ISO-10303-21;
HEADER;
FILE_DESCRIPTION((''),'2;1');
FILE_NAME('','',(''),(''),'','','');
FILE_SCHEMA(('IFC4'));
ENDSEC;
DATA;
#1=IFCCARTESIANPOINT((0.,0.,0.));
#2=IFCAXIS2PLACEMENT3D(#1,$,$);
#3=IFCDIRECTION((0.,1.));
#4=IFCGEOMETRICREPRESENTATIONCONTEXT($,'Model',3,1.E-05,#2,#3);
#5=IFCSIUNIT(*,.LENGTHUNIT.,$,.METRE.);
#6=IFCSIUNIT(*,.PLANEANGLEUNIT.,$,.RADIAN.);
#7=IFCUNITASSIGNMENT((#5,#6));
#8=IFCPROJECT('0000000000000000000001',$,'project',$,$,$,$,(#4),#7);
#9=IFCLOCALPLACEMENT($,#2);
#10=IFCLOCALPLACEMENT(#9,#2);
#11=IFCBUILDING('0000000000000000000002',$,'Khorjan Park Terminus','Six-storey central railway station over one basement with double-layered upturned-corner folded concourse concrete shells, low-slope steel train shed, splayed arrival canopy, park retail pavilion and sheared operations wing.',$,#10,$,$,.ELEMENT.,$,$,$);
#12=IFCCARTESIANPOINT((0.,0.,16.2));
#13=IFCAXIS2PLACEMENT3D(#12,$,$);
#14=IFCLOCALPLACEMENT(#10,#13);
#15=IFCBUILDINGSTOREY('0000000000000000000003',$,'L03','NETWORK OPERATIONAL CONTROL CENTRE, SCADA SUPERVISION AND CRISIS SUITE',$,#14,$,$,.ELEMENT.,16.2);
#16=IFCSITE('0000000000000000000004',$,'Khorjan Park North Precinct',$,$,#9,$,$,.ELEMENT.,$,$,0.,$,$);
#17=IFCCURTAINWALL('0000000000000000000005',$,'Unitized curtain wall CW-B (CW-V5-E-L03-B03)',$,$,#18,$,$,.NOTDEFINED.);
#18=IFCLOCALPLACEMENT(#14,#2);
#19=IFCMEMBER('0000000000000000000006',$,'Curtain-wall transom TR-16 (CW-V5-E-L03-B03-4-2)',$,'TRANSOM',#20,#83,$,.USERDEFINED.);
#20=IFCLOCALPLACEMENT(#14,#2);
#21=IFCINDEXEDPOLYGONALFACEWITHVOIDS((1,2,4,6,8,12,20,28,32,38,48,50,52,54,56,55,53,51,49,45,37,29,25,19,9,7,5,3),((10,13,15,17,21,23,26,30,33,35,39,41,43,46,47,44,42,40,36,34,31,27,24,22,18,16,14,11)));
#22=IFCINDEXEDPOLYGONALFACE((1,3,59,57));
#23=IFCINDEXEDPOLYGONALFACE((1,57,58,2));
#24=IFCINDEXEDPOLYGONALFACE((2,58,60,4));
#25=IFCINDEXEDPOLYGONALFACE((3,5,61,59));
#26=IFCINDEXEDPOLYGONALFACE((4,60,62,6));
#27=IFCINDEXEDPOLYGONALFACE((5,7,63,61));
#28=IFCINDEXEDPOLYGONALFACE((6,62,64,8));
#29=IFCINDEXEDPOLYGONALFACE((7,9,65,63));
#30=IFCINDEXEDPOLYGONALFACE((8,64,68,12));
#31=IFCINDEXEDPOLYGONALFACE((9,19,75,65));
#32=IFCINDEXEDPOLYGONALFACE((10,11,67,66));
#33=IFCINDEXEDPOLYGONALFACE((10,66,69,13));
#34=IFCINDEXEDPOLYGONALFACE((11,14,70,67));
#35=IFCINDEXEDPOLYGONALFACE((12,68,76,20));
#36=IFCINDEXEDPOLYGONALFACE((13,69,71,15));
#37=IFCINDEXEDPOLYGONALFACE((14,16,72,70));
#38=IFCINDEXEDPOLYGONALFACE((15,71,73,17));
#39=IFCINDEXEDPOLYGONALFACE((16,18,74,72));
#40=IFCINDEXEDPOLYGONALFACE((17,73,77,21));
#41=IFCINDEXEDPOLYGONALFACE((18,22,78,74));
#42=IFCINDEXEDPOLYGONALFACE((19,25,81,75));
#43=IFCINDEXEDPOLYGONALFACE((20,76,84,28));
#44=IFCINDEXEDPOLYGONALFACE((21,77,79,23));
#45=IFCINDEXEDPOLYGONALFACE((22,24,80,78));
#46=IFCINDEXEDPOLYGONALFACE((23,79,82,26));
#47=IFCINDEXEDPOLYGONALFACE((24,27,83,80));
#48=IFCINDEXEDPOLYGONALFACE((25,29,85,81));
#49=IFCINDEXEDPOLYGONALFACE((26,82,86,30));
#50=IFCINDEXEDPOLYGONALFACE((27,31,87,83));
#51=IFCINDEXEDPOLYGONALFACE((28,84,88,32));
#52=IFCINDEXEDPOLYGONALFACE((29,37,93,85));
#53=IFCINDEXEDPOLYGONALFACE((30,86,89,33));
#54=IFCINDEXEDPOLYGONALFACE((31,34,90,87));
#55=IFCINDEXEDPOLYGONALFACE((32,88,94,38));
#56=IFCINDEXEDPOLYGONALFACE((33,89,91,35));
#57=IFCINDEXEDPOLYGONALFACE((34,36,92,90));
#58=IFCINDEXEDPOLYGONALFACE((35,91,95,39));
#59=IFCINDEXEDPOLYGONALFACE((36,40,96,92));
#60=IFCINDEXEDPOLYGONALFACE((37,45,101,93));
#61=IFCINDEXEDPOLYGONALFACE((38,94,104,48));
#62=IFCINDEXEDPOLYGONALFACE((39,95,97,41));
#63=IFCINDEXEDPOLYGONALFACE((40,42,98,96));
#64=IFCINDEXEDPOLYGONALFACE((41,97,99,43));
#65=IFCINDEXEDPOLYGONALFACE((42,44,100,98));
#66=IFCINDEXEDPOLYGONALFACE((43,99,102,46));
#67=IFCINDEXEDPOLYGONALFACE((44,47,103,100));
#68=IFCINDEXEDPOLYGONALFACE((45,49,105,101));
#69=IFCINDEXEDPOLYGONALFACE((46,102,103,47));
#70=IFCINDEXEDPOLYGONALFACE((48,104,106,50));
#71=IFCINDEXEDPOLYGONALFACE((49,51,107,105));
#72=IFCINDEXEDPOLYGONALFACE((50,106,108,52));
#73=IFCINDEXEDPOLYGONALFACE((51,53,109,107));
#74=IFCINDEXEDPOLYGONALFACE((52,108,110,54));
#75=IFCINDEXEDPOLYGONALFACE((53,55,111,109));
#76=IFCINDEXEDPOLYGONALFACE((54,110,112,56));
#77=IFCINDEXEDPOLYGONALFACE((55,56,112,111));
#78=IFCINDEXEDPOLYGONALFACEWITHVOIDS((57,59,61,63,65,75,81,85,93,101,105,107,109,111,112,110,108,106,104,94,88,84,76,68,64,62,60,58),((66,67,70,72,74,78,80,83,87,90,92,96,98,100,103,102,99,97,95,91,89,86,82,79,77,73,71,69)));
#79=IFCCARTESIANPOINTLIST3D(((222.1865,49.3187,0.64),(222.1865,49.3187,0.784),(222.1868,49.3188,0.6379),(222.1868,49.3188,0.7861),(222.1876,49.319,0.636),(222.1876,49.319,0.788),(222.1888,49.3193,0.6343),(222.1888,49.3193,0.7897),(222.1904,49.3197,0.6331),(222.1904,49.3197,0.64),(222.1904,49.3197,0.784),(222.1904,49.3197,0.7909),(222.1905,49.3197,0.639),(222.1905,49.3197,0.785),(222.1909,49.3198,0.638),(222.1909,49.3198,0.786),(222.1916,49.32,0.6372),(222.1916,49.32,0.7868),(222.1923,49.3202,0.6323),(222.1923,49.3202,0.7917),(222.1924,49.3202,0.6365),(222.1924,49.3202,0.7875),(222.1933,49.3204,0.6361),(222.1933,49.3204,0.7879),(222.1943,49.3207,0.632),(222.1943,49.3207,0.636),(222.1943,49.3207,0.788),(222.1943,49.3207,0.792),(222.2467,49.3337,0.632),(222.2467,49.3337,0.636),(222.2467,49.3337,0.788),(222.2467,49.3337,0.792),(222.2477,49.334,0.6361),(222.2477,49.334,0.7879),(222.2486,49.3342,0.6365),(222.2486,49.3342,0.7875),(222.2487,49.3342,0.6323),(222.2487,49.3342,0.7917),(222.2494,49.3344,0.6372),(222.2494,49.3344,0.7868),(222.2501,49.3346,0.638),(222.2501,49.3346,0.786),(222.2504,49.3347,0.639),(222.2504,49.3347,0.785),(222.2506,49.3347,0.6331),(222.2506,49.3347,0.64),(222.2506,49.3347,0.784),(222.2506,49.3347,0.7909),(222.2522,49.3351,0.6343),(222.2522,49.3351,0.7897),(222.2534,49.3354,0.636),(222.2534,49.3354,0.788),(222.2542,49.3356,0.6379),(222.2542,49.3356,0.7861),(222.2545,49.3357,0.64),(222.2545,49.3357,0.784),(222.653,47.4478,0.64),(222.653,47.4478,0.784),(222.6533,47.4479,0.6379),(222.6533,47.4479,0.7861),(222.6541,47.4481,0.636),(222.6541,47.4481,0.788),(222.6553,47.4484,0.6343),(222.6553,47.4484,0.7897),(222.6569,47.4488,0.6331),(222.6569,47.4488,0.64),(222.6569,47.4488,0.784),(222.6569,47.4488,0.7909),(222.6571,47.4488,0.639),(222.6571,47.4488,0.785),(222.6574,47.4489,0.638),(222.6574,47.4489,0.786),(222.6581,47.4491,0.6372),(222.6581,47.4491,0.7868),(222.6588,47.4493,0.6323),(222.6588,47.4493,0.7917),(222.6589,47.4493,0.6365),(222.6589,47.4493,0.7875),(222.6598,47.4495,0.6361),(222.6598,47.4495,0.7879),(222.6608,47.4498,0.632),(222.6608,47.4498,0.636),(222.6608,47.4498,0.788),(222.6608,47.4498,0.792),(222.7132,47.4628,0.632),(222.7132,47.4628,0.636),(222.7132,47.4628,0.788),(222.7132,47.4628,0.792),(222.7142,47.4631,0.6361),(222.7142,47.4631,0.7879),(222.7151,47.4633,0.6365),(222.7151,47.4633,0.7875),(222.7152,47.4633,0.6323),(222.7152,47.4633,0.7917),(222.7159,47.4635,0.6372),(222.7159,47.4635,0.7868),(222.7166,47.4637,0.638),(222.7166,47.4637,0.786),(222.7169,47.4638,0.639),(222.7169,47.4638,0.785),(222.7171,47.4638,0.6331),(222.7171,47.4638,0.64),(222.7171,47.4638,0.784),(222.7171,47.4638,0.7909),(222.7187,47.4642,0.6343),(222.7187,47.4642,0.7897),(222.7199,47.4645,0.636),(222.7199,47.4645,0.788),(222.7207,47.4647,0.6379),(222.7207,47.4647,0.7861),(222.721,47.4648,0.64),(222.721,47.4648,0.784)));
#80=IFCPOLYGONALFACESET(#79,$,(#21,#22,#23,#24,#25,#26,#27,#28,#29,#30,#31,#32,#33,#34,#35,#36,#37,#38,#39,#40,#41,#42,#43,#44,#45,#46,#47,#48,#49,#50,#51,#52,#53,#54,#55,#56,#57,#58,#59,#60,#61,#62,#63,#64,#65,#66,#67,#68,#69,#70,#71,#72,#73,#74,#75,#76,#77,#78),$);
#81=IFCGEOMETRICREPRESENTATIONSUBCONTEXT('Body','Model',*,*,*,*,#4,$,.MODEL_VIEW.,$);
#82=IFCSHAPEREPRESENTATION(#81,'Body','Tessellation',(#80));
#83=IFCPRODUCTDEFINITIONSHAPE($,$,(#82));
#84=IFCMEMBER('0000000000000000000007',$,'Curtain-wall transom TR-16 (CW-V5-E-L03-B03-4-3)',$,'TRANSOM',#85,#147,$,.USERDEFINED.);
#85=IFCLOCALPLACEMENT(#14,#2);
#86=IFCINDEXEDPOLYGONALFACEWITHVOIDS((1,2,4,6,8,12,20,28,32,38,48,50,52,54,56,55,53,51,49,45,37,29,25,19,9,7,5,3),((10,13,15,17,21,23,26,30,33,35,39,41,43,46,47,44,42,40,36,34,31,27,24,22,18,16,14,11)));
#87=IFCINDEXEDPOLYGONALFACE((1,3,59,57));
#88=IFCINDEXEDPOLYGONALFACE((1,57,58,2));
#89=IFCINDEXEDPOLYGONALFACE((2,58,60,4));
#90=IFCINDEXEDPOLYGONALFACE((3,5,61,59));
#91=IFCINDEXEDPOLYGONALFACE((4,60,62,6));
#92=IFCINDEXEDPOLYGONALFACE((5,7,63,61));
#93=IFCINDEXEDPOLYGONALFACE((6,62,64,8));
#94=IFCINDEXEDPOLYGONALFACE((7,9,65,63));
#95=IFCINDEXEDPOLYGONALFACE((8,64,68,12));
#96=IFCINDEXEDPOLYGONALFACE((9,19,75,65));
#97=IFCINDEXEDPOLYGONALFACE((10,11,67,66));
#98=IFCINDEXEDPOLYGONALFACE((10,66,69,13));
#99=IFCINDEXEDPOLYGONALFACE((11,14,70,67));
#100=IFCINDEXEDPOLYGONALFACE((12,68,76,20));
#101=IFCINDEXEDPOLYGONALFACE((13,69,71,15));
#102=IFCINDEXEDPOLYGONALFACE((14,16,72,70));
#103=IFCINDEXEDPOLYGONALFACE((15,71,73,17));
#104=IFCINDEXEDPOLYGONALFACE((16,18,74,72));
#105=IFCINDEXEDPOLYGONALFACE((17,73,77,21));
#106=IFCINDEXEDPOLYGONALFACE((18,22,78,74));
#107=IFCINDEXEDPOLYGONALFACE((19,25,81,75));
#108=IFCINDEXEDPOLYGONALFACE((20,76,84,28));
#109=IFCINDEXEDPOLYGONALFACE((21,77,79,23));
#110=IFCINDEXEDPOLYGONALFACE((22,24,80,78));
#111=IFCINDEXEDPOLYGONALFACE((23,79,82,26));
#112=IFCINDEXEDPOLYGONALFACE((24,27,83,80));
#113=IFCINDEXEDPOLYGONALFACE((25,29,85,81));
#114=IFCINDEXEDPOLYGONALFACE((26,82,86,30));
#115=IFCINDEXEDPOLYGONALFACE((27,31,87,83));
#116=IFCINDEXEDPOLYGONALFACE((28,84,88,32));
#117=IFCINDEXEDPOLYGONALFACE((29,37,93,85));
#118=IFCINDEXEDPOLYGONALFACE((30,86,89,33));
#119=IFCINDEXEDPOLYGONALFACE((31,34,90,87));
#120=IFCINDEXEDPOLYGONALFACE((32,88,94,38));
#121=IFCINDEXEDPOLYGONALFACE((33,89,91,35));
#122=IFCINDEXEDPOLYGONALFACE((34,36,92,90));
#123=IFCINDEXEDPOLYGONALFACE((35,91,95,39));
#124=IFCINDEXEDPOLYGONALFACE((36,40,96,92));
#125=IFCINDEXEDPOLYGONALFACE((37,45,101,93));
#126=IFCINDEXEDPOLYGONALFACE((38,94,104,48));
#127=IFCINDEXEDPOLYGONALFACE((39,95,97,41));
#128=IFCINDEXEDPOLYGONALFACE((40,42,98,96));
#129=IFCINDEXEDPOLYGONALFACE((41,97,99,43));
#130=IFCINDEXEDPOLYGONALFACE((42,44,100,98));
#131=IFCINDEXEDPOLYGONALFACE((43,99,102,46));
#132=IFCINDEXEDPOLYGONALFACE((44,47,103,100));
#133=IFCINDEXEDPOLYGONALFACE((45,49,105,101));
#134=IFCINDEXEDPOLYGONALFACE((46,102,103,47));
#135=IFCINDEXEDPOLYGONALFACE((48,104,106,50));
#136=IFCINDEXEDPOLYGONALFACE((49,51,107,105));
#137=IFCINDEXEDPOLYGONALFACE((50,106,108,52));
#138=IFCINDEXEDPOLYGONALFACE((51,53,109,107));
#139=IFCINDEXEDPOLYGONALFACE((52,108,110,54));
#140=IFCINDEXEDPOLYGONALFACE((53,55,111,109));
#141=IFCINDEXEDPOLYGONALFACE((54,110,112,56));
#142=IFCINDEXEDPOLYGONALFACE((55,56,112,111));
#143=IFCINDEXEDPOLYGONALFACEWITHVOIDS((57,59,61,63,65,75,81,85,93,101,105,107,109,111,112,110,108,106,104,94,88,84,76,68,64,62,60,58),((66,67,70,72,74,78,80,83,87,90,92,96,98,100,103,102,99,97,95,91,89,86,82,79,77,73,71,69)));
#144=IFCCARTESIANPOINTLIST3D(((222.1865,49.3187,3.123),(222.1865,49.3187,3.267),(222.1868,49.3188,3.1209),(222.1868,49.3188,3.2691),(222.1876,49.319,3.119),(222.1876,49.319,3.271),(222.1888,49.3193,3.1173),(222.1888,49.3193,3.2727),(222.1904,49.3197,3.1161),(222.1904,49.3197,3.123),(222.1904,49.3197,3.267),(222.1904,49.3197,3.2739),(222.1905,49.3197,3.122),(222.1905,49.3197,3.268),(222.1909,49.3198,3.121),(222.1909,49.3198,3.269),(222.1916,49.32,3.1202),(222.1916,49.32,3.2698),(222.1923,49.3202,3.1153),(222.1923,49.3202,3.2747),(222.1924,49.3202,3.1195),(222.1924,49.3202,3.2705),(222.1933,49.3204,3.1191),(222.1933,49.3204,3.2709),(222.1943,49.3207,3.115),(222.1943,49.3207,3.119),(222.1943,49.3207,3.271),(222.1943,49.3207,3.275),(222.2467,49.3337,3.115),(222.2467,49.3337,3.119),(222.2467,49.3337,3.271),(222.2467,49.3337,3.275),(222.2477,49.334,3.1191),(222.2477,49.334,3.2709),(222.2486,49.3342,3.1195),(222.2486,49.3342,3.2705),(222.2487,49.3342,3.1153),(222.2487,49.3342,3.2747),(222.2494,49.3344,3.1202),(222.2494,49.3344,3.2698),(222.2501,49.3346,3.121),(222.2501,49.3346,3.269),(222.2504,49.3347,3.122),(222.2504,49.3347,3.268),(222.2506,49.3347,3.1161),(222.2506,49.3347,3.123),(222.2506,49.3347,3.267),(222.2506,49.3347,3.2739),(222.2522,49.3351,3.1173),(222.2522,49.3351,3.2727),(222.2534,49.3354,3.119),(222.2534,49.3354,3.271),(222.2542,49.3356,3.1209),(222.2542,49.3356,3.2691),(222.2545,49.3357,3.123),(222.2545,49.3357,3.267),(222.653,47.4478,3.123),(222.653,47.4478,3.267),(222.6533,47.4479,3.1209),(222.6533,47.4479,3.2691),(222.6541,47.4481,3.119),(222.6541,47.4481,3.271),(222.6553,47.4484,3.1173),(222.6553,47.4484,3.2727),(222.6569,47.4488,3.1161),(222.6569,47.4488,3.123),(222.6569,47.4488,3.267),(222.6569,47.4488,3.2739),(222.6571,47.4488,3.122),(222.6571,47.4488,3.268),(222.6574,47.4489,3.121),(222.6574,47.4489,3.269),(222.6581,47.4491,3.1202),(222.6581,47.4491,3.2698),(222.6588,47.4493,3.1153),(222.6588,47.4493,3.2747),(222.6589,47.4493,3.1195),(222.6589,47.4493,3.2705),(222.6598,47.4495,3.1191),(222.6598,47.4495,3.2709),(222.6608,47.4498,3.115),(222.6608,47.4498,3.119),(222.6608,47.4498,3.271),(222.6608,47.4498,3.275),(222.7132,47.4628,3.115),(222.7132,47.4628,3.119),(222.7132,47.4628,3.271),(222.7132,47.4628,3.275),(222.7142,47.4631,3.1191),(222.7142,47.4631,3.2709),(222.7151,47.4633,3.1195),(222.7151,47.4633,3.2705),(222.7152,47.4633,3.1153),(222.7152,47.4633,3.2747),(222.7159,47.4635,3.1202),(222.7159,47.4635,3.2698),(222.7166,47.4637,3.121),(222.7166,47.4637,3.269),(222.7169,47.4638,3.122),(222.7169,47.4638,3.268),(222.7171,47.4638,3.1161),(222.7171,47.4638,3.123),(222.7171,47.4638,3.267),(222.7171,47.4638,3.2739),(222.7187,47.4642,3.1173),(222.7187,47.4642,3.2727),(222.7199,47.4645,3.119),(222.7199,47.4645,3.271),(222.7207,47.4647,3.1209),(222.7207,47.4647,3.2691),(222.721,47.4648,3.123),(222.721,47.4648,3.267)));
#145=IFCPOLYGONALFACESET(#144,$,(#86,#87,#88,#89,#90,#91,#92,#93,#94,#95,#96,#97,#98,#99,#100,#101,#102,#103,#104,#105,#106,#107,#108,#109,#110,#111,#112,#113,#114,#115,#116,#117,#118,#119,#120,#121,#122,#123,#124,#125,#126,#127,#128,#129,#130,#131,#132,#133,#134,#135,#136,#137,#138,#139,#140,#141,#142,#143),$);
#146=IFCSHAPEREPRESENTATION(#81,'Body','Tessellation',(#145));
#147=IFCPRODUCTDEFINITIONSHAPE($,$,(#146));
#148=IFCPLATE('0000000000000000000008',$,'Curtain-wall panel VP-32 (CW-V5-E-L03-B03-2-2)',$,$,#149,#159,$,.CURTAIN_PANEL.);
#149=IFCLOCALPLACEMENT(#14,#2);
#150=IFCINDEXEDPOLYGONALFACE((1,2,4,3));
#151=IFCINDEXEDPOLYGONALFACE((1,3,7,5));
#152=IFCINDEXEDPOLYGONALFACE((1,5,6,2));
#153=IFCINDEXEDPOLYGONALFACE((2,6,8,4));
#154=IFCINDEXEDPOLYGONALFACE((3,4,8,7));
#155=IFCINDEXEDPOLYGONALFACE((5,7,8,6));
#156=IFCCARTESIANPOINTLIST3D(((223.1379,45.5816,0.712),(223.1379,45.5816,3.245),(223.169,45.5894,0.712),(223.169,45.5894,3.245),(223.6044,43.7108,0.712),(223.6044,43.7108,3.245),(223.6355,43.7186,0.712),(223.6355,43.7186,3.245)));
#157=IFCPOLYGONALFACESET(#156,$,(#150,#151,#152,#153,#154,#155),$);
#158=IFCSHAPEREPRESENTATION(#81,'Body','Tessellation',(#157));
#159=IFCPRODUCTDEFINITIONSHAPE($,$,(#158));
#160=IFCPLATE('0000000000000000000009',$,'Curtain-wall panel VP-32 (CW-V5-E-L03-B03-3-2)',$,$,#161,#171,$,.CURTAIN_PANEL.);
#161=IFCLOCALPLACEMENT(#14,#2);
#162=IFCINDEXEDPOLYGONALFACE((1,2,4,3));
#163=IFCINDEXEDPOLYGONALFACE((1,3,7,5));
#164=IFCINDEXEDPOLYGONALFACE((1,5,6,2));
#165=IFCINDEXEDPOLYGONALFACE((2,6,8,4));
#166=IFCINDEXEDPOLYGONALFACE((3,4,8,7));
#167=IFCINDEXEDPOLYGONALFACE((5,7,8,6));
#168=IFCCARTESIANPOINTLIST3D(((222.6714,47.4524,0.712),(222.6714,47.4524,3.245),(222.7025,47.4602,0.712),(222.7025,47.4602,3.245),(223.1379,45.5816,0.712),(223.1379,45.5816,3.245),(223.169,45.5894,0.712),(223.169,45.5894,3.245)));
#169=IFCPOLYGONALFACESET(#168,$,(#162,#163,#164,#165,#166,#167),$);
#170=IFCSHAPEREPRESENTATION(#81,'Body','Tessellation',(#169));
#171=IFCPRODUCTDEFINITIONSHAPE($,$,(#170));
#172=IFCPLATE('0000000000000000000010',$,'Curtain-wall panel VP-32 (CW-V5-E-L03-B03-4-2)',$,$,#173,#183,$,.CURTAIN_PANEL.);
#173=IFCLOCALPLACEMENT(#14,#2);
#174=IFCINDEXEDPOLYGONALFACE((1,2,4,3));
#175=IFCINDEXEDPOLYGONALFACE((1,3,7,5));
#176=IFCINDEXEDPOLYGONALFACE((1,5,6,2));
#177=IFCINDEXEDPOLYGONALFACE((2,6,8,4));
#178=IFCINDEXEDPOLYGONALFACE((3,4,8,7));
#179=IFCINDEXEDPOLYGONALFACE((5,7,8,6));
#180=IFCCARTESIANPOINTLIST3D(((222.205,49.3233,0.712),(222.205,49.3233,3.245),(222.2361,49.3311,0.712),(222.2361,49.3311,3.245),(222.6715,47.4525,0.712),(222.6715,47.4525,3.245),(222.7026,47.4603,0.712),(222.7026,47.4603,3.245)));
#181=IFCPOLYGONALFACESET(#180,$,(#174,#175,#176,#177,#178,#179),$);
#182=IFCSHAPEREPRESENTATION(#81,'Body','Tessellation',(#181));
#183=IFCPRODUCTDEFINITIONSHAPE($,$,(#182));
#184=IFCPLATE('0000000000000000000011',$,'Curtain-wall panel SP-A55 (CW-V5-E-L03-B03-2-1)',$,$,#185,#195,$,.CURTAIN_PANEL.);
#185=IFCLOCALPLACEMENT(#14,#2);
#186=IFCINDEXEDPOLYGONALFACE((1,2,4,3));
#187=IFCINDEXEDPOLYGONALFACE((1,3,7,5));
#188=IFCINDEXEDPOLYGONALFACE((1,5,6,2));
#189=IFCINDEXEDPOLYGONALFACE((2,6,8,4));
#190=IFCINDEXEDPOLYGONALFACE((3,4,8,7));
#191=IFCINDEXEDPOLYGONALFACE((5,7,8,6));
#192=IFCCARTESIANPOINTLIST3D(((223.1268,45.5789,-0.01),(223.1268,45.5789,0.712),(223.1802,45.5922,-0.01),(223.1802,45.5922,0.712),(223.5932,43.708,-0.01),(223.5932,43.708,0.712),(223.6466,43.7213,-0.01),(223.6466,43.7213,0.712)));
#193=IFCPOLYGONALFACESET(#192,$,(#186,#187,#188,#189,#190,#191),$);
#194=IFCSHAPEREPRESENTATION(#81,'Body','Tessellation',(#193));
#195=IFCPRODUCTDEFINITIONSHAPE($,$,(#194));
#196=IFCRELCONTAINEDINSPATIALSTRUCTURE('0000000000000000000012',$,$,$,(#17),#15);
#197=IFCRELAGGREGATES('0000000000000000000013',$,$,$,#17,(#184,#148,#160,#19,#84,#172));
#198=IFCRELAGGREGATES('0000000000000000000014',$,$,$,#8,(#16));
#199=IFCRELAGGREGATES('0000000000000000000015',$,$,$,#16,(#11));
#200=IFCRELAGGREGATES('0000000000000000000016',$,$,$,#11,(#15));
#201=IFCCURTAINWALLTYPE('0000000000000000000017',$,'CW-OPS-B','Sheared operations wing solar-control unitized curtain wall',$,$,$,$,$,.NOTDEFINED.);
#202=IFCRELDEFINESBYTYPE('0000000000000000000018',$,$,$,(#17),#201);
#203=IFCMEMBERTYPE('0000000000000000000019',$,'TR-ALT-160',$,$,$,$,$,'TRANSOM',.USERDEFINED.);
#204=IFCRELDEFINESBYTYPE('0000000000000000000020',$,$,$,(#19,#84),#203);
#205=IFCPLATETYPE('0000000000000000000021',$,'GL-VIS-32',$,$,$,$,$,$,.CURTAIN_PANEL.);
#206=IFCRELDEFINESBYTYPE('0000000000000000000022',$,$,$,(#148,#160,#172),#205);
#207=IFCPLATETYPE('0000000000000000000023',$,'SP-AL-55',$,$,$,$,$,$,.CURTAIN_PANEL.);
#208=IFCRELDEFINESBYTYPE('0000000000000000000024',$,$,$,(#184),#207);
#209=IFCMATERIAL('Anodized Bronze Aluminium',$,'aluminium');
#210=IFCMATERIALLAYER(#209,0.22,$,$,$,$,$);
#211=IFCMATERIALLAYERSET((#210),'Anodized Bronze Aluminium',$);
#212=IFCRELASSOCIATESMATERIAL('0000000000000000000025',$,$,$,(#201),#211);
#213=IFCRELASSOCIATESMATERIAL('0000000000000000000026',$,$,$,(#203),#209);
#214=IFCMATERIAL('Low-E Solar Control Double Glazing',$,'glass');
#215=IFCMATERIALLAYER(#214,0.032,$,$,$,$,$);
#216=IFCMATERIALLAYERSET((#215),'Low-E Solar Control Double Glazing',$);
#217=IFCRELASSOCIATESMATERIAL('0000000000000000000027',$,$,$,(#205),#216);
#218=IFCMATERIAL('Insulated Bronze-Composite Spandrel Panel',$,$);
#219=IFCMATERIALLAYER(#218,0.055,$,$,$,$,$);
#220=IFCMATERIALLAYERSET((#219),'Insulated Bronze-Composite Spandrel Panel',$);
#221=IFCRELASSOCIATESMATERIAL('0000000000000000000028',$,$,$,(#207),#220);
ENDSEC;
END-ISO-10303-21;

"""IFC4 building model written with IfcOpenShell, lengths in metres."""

from ifc_helpers import new_model, si_unit, direction, frame, origin, origin_2d, place, context, subcontext, project, spatial, rectangle, hollow_rectangle, extrude, material, layer, layer_set, material_profile, profile_set, type_object, element, aggregate, save


model = new_model("IFC4")

# Units and contexts
model_context = context("Model", 3, precision=1e-05, world=origin(), true_north=direction((0.0, 1.0)))
body_context = subcontext(model_context, "Body", "Model", "MODEL_VIEW")
ifc_project = project(units=[si_unit("LENGTHUNIT", "METRE"), si_unit("PLANEANGLEUNIT", "RADIAN")], contexts=[model_context])

# Site, building, storey
site_placement = place(None, origin())
site = spatial("IfcSite", under=ifc_project, at=site_placement, Name="Khorjan Park North Precinct", CompositionType="ELEMENT", RefElevation=0.0)
building_placement = place(site_placement, origin())
building = spatial("IfcBuilding", under=site, at=building_placement, Name="Khorjan Park Terminus", Description="Six-storey central railway station over one basement with double-layered upturned-corner folded concourse concrete shells, low-slope steel train shed, splayed arrival canopy, park retail pavilion and sheared operations wing.", CompositionType="ELEMENT")
storey_placement = place(building_placement, frame((0.0, 0.0, 16.2)))
storey = spatial("IfcBuildingStorey", under=building, at=storey_placement, Name="L03", Description="NETWORK OPERATIONAL CONTROL CENTRE, SCADA SUPERVISION AND CRISIS SUITE", CompositionType="ELEMENT", Elevation=16.2)

# Curtain wall, members, plates
ifc_material_1 = material(Name="Anodized Bronze Aluminium", Category="aluminium")
ifc_layer_1 = layer(ifc_material_1, 0.22)
ifc_layer_set_1 = layer_set([ifc_layer_1], Name="Anodized Bronze Aluminium")
curtain_wall_type = type_object("IfcCurtainWallType", Name="CW-OPS-B", Description="Sheared operations wing solar-control unitized curtain wall", PredefinedType="NOTDEFINED", material=ifc_layer_set_1)
curtain_wall_placement = place(storey_placement, origin())
curtain_wall = element("IfcCurtainWall", 1, at=curtain_wall_placement, inside=storey, type_object=curtain_wall_type, Name="Unitized curtain wall CW-B (CW-V5-E-L03-B03)", PredefinedType="NOTDEFINED")
ifc_material_profile_1 = material_profile(ifc_material_1, hollow_rectangle(XDim=0.07, YDim=0.16, WallThickness=0.004, InnerFilletRadius=0.004, OuterFilletRadius=0.008, at=origin_2d()), Name="ALT 70x160x4")
ifc_profile_set_1 = profile_set([ifc_material_profile_1], Name="Anodized Bronze Aluminium")
member_type_1 = type_object("IfcMemberType", Name="TR-ALT-160", ElementType="TRANSOM", PredefinedType="USERDEFINED", material=ifc_profile_set_1)
member_1_placement = place(storey_placement, frame((222.687, 47.4563, 0.712), z_axis=(-0.241938, 0.970292, 0.0), x_axis=(-0.970292, -0.241938, 0.0)))
member_1 = element("IfcMember", 2, at=member_1_placement, type_object=member_type_1, Name="Curtain-wall transom TR-16 (CW-V5-E-L03-B03-4-2)", ObjectType="TRANSOM", PredefinedType="USERDEFINED", context=body_context, shape_type="SweptSolid", body=[
    extrude(hollow_rectangle(XDim=0.07, YDim=0.16, WallThickness=0.004, InnerFilletRadius=0.004, OuterFilletRadius=0.008, at=origin_2d()), origin(), (0.0, 0.0, 1.0), 1.9282),
])
member_2_placement = place(storey_placement, frame((222.687, 47.4563, 3.195), z_axis=(-0.241938, 0.970292, 0.0), x_axis=(-0.970292, -0.241938, 0.0)))
member_2 = element("IfcMember", 3, at=member_2_placement, type_object=member_type_1, Name="Curtain-wall transom TR-16 (CW-V5-E-L03-B03-4-3)", ObjectType="TRANSOM", PredefinedType="USERDEFINED", context=body_context, shape_type="SweptSolid", body=[
    extrude(hollow_rectangle(XDim=0.07, YDim=0.16, WallThickness=0.004, InnerFilletRadius=0.004, OuterFilletRadius=0.008, at=origin_2d()), origin(), (0.0, 0.0, 1.0), 1.9282),
])
ifc_material_2 = material(Name="Low-E Solar Control Double Glazing", Category="glass")
ifc_layer_2 = layer(ifc_material_2, 0.032)
ifc_layer_set_2 = layer_set([ifc_layer_2], Name="Low-E Solar Control Double Glazing")
plate_type_1 = type_object("IfcPlateType", Name="GL-VIS-32", PredefinedType="CURTAIN_PANEL", material=ifc_layer_set_2)
plate_1_placement = place(storey_placement, frame((223.3867, 44.6501, 0.712), z_axis=(0.0, 0.0, 1.0), x_axis=(-0.241923, 0.970295, 0.0)))
plate_1 = element("IfcPlate", 4, at=plate_1_placement, type_object=plate_type_1, Name="Curtain-wall panel VP-32 (CW-V5-E-L03-B03-2-2)", PredefinedType="CURTAIN_PANEL", context=body_context, shape_type="SweptSolid", body=[
    extrude(rectangle(XDim=1.9281, YDim=0.032, at=origin_2d()), origin(), (0.0, 0.0, 1.0), 2.533),
])
plate_2_placement = place(storey_placement, frame((222.9202, 46.5209, 0.712), z_axis=(0.0, 0.0, 1.0), x_axis=(-0.241923, 0.970295, 0.0)))
plate_2 = element("IfcPlate", 5, at=plate_2_placement, type_object=plate_type_1, Name="Curtain-wall panel VP-32 (CW-V5-E-L03-B03-3-2)", PredefinedType="CURTAIN_PANEL", context=body_context, shape_type="SweptSolid", body=[
    extrude(rectangle(XDim=1.9281, YDim=0.032, at=origin_2d()), origin(), (0.0, 0.0, 1.0), 2.533),
])
plate_3_placement = place(storey_placement, frame((222.4538, 48.3918, 0.712), z_axis=(0.0, 0.0, 1.0), x_axis=(-0.241923, 0.970295, 0.0)))
plate_3 = element("IfcPlate", 6, at=plate_3_placement, type_object=plate_type_1, Name="Curtain-wall panel VP-32 (CW-V5-E-L03-B03-4-2)", PredefinedType="CURTAIN_PANEL", context=body_context, shape_type="SweptSolid", body=[
    extrude(rectangle(XDim=1.9281, YDim=0.032, at=origin_2d()), origin(), (0.0, 0.0, 1.0), 2.533),
])
ifc_material_3 = material(Name="Insulated Bronze-Composite Spandrel Panel")
ifc_layer_3 = layer(ifc_material_3, 0.055)
ifc_layer_set_3 = layer_set([ifc_layer_3], Name="Insulated Bronze-Composite Spandrel Panel")
plate_type_2 = type_object("IfcPlateType", Name="SP-AL-55", PredefinedType="CURTAIN_PANEL", material=ifc_layer_set_3)
plate_4_placement = place(storey_placement, frame((223.3867, 44.6501, -0.01), z_axis=(0.0, 0.0, 1.0), x_axis=(-0.241923, 0.970295, 0.0)))
plate_4 = element("IfcPlate", 7, at=plate_4_placement, type_object=plate_type_2, Name="Curtain-wall panel SP-A55 (CW-V5-E-L03-B03-2-1)", PredefinedType="CURTAIN_PANEL", context=body_context, shape_type="SweptSolid", body=[
    extrude(rectangle(XDim=1.9281, YDim=0.055, at=origin_2d()), origin(), (0.0, 0.0, 1.0), 0.722),
])
aggregate(curtain_wall, [plate_4, plate_1, plate_2, member_1, member_2, plate_3])

save(model, "model.ifc")
